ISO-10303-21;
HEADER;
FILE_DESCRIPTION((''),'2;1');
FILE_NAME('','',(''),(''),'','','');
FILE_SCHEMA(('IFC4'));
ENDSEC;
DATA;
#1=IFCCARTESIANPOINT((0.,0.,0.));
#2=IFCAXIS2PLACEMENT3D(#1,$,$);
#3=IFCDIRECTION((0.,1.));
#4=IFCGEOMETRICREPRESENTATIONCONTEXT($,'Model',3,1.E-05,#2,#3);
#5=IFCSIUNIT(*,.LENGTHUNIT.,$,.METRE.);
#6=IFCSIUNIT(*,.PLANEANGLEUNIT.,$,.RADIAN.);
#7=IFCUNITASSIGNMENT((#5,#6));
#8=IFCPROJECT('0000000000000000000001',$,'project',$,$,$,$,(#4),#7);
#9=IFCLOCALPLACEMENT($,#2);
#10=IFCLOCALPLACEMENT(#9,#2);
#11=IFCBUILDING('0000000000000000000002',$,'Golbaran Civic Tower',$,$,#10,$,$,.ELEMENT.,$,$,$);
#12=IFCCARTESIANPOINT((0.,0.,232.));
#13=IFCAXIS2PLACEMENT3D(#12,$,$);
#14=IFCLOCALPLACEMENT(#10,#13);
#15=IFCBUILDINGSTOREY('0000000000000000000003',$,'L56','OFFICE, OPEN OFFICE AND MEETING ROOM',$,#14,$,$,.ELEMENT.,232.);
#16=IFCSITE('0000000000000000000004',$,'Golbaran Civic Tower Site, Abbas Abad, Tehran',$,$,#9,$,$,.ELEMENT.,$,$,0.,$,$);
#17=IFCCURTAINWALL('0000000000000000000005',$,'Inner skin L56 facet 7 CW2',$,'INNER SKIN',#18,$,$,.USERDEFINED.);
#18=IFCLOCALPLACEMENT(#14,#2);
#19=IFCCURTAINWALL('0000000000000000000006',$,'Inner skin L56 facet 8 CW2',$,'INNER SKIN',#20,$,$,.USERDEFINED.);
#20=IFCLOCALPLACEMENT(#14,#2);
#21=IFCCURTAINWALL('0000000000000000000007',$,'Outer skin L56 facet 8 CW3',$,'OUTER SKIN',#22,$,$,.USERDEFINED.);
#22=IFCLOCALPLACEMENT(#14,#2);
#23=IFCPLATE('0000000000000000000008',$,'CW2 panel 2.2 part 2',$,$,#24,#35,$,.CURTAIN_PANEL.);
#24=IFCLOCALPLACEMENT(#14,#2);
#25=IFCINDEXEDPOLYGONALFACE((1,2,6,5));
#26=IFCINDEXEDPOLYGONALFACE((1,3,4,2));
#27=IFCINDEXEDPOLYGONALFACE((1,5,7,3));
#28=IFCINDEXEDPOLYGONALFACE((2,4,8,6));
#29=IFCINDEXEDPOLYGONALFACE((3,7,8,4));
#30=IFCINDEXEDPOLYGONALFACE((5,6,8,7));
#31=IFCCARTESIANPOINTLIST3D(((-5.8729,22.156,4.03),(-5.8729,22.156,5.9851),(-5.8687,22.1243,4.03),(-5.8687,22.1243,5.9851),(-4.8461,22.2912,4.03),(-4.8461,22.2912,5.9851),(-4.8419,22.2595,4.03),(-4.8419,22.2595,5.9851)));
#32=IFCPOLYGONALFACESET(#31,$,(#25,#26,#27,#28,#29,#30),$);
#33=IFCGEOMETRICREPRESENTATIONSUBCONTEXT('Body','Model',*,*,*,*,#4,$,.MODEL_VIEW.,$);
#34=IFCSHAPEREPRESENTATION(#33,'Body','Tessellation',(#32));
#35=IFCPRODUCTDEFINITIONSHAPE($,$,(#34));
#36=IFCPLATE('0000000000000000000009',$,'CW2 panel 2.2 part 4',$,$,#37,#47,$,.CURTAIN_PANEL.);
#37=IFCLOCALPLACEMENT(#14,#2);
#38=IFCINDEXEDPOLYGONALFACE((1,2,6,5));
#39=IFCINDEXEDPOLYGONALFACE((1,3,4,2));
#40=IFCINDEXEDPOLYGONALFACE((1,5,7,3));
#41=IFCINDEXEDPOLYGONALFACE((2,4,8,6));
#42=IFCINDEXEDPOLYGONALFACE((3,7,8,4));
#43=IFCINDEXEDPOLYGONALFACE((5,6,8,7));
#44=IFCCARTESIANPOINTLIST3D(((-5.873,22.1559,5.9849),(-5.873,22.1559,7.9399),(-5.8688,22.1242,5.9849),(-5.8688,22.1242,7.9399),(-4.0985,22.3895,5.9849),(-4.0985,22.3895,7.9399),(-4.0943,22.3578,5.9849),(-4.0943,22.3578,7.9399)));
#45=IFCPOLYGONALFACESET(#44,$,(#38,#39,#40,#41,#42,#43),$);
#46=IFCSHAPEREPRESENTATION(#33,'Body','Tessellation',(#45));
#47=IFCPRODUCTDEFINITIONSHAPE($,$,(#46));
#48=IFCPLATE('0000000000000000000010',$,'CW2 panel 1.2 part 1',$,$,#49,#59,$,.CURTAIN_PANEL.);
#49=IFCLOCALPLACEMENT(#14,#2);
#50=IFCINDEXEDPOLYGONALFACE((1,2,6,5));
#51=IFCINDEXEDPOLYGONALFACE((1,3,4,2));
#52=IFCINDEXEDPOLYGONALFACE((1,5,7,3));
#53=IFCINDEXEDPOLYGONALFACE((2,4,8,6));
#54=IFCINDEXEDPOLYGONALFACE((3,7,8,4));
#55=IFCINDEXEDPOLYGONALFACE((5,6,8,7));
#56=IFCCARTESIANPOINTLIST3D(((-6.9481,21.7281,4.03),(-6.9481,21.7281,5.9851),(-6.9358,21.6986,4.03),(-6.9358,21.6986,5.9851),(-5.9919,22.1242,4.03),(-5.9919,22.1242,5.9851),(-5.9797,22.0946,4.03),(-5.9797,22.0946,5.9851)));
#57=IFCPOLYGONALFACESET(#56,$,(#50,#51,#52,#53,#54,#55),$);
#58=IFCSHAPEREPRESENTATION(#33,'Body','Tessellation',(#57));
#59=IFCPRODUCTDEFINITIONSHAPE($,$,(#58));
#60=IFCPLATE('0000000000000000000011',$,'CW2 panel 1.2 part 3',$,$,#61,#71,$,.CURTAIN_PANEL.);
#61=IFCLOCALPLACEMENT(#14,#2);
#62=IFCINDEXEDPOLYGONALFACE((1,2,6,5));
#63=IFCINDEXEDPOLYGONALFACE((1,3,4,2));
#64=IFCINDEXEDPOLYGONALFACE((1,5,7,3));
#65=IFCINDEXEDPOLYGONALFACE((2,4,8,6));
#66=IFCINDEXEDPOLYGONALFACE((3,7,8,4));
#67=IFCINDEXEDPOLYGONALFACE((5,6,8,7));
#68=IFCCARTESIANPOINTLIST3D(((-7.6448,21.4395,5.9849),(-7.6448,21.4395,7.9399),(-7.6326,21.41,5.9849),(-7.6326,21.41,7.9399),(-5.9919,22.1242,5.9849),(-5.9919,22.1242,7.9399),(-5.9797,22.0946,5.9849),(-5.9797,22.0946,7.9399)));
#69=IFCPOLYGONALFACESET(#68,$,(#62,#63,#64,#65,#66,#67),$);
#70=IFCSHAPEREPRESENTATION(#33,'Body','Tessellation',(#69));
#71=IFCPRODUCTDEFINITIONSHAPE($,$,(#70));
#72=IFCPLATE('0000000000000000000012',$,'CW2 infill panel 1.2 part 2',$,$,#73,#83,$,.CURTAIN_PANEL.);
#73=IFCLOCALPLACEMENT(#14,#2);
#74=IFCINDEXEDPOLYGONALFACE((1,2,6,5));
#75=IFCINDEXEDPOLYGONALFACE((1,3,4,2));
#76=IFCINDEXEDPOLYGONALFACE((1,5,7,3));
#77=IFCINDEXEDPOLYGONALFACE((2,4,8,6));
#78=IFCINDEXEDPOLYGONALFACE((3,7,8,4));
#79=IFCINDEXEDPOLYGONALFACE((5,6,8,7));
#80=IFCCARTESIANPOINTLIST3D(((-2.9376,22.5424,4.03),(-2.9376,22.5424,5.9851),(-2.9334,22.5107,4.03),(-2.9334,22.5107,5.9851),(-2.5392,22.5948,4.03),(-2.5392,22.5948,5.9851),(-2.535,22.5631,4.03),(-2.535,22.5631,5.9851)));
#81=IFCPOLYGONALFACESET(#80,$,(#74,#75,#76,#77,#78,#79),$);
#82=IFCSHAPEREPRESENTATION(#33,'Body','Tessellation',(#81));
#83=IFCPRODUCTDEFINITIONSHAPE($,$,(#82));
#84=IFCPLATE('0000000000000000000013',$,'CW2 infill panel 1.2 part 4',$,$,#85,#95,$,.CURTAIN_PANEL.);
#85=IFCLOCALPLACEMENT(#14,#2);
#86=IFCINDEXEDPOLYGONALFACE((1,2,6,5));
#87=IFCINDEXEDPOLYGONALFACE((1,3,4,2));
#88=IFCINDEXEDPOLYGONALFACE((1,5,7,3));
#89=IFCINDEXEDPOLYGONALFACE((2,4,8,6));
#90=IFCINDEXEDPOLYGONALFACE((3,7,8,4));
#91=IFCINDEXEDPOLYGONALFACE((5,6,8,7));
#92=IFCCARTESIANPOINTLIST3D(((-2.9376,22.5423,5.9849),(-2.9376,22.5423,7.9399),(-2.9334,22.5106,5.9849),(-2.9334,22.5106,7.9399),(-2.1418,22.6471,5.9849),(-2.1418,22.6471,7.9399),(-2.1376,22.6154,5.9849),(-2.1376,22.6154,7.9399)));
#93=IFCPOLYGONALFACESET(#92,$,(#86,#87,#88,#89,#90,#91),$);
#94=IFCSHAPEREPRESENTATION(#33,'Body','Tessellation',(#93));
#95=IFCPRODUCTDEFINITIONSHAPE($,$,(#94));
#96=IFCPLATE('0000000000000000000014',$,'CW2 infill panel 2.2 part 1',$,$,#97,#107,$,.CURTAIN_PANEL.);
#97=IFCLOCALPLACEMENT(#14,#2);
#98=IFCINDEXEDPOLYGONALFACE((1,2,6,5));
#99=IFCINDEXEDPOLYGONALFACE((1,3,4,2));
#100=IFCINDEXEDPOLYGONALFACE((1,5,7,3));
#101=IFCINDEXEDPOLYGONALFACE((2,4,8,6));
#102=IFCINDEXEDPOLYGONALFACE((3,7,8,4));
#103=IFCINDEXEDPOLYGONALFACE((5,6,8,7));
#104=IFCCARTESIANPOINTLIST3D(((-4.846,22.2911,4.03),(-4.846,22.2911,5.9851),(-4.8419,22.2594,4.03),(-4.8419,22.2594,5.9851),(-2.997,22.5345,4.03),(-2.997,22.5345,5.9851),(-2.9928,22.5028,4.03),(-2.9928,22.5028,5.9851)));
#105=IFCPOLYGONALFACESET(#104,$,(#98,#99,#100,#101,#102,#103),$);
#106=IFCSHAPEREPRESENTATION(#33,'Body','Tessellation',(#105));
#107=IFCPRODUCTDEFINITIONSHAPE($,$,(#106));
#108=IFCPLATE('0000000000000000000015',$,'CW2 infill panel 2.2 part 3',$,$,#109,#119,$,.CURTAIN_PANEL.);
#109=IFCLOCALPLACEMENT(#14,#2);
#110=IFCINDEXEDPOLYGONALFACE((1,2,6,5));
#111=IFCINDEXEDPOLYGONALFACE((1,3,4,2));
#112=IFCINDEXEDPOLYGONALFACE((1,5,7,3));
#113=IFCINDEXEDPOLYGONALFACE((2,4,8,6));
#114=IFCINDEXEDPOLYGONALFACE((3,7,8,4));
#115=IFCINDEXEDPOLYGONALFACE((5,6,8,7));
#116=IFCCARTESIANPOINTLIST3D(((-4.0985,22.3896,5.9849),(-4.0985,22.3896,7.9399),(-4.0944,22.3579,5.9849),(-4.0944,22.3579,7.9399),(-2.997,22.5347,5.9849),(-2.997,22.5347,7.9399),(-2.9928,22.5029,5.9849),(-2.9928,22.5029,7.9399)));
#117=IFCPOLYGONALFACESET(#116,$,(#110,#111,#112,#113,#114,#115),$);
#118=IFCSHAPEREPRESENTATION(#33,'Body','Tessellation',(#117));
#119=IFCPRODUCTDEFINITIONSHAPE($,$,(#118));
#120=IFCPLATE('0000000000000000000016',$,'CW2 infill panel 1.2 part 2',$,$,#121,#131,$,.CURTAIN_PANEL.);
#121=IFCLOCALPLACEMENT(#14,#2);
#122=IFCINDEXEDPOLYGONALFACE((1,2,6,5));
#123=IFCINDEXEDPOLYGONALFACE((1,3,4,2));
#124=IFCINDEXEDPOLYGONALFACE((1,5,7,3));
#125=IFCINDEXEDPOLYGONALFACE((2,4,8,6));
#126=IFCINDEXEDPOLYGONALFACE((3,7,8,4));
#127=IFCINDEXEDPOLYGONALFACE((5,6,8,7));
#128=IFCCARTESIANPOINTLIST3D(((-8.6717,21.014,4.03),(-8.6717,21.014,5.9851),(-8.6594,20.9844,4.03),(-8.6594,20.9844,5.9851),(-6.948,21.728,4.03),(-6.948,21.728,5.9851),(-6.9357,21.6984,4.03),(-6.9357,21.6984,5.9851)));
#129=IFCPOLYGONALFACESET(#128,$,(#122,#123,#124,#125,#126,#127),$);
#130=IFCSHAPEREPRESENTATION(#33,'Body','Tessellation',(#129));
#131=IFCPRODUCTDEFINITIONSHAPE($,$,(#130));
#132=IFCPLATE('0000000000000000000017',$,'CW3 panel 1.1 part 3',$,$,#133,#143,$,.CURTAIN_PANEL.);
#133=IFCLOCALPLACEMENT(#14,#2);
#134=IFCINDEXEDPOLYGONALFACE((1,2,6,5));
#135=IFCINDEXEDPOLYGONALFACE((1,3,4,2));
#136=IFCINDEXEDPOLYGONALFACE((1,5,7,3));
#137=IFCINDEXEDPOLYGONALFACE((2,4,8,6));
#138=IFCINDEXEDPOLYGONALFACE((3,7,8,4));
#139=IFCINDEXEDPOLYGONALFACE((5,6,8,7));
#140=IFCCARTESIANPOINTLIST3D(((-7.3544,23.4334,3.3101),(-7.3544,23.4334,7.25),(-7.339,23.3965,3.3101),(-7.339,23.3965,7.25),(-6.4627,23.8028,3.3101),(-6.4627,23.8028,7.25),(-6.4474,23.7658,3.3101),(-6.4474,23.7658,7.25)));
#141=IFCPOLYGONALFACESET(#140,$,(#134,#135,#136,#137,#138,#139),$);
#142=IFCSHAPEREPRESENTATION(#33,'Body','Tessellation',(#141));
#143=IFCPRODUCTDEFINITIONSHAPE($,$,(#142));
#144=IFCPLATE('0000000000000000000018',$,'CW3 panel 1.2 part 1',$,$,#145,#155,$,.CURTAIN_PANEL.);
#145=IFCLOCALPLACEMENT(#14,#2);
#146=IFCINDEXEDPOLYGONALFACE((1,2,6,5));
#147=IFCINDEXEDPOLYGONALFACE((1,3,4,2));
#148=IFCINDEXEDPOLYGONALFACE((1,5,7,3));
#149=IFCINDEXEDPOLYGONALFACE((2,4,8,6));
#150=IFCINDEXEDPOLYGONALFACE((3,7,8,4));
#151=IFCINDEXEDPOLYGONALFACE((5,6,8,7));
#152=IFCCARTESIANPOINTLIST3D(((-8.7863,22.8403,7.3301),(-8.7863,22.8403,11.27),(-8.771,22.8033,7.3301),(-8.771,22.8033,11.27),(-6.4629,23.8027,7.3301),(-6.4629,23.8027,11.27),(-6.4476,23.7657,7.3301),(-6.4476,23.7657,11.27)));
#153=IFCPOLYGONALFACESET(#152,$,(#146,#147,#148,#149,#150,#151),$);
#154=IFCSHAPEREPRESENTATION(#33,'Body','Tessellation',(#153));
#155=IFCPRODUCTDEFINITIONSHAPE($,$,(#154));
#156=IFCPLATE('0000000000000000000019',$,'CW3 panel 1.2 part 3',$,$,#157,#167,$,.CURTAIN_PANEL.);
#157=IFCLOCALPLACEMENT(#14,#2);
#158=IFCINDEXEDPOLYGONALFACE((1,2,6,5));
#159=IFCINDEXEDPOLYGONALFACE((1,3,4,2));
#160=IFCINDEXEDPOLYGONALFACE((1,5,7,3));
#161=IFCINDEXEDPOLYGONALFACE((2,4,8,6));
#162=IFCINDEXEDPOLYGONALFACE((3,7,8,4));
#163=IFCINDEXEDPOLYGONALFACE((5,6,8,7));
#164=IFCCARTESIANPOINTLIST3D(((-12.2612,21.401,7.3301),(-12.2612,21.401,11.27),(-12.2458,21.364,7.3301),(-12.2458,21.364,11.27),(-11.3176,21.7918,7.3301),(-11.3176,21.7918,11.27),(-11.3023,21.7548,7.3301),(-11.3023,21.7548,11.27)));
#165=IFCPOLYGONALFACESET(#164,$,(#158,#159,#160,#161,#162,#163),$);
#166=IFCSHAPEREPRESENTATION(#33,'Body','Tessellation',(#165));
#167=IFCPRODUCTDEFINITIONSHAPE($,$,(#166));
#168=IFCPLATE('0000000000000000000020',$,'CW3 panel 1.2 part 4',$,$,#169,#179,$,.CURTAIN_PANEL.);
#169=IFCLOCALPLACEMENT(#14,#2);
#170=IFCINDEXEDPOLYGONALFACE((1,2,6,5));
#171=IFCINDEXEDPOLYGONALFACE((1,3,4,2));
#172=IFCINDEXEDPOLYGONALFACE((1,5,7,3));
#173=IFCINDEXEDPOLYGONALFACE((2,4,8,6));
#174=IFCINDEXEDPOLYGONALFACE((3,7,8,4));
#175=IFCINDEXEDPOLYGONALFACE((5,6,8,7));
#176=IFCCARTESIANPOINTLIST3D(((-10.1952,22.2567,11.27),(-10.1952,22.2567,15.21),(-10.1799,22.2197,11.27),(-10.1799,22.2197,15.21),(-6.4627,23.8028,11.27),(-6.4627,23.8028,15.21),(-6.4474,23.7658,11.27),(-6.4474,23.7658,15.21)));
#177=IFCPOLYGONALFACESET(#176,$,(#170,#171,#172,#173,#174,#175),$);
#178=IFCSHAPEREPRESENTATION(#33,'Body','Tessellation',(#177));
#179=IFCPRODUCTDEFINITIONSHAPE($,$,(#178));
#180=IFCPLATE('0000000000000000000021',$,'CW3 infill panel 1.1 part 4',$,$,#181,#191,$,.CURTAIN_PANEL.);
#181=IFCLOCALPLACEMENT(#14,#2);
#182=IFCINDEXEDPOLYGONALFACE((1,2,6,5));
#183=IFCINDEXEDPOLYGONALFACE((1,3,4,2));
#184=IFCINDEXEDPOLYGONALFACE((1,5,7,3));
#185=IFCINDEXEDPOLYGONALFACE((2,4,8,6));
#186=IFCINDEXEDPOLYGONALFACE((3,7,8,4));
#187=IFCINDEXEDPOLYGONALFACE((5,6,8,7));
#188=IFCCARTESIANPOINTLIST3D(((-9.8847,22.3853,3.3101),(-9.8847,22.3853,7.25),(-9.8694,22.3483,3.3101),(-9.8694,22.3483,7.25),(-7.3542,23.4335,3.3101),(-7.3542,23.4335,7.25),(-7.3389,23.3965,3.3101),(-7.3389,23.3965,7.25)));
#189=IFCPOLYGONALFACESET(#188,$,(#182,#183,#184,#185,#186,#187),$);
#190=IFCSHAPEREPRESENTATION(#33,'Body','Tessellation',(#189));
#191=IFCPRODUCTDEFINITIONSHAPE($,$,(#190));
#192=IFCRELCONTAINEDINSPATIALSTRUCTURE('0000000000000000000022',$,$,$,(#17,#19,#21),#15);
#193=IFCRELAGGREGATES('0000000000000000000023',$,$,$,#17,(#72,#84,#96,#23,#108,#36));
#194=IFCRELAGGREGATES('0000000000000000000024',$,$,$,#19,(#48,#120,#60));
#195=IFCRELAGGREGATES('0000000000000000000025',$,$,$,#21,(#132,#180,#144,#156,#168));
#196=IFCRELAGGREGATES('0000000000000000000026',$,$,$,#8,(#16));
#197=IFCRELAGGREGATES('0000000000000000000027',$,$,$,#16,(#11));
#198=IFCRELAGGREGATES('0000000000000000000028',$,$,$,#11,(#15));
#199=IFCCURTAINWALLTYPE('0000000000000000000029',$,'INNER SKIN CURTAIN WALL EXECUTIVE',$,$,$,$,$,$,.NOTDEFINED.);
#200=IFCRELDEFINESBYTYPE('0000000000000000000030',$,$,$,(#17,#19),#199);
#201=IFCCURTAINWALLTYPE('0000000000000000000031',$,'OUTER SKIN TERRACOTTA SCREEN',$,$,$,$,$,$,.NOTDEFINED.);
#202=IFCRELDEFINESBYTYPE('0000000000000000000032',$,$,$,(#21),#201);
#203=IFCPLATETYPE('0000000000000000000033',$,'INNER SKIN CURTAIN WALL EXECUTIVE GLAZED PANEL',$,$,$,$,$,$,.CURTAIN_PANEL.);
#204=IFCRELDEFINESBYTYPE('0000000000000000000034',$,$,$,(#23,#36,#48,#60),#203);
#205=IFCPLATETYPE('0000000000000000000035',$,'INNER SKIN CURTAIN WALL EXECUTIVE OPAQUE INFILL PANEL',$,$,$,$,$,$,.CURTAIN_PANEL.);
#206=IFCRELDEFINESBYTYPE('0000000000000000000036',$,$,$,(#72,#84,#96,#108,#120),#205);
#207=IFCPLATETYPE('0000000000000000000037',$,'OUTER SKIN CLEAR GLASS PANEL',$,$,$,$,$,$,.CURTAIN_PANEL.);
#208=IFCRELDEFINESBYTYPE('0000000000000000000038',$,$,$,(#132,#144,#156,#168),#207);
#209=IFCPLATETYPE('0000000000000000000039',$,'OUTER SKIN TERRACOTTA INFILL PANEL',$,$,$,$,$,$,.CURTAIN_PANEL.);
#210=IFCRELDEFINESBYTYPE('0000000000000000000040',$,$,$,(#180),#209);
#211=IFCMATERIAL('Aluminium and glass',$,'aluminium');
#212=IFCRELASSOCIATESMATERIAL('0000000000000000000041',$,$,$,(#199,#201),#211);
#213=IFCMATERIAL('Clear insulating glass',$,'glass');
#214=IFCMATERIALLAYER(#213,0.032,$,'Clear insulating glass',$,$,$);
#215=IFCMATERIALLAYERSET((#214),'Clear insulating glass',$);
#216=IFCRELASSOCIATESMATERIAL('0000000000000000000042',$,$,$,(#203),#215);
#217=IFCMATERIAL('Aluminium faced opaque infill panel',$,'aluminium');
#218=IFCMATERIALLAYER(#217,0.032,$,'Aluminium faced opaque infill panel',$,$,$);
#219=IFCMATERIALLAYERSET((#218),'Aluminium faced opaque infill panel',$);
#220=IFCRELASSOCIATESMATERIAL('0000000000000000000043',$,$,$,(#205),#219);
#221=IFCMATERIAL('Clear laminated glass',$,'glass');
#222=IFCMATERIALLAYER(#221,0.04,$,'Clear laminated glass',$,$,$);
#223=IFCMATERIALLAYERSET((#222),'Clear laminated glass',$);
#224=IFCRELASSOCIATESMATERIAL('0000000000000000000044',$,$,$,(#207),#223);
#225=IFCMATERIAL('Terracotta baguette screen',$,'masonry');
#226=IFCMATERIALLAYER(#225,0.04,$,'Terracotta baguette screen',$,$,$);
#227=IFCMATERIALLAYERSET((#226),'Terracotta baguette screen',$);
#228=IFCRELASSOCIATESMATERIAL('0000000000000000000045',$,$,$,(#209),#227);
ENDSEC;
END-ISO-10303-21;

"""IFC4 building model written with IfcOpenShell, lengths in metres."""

from ifc_helpers import new_model, si_unit, direction, frame, origin, origin_2d, place, context, subcontext, project, spatial, rectangle, extrude, material, layer, layer_set, type_object, element, aggregate, save


model = new_model("IFC4")

# Units and contexts
model_context = context("Model", 3, precision=1e-05, world=origin(), true_north=direction((0.0, 1.0)))
body_context = subcontext(model_context, "Body", "Model", "MODEL_VIEW")
ifc_project = project(units=[si_unit("LENGTHUNIT", "METRE"), si_unit("PLANEANGLEUNIT", "RADIAN")], contexts=[model_context])

# Site, building, storey
site_placement = place(None, origin())
site = spatial("IfcSite", under=ifc_project, at=site_placement, Name="Golbaran Civic Tower Site, Abbas Abad, Tehran", CompositionType="ELEMENT", RefElevation=0.0)
building_placement = place(site_placement, origin())
building = spatial("IfcBuilding", under=site, at=building_placement, Name="Golbaran Civic Tower", CompositionType="ELEMENT")
storey_placement = place(building_placement, frame((0.0, 0.0, 232.0)))
storey = spatial("IfcBuildingStorey", under=building, at=storey_placement, Name="L56", Description="OFFICE, OPEN OFFICE AND MEETING ROOM", CompositionType="ELEMENT", Elevation=232.0)

# Curtain walls
ifc_material_1 = material(Name="Aluminium and glass", Category="aluminium")
curtain_wall_type_1 = type_object("IfcCurtainWallType", Name="INNER SKIN CURTAIN WALL EXECUTIVE", PredefinedType="NOTDEFINED", material=ifc_material_1)
curtain_wall_1_placement = place(storey_placement, origin())
curtain_wall_1 = element("IfcCurtainWall", 1, at=curtain_wall_1_placement, inside=storey, type_object=curtain_wall_type_1, Name="Inner skin L56 facet 7 CW2", ObjectType="INNER SKIN", PredefinedType="USERDEFINED")
curtain_wall_2_placement = place(storey_placement, origin())
curtain_wall_2 = element("IfcCurtainWall", 2, at=curtain_wall_2_placement, inside=storey, type_object=curtain_wall_type_1, Name="Inner skin L56 facet 8 CW2", ObjectType="INNER SKIN", PredefinedType="USERDEFINED")
curtain_wall_type_2 = type_object("IfcCurtainWallType", Name="OUTER SKIN TERRACOTTA SCREEN", PredefinedType="NOTDEFINED", material=ifc_material_1)
curtain_wall_3_placement = place(storey_placement, origin())
curtain_wall_3 = element("IfcCurtainWall", 3, at=curtain_wall_3_placement, inside=storey, type_object=curtain_wall_type_2, Name="Outer skin L56 facet 8 CW3", ObjectType="OUTER SKIN", PredefinedType="USERDEFINED")

# Plates
ifc_material_2 = material(Name="Clear insulating glass", Category="glass")
ifc_layer_1 = layer(ifc_material_2, 0.032, Name="Clear insulating glass")
ifc_layer_set_1 = layer_set([ifc_layer_1], Name="Clear insulating glass")
plate_type_1 = type_object("IfcPlateType", Name="INNER SKIN CURTAIN WALL EXECUTIVE GLAZED PANEL", PredefinedType="CURTAIN_PANEL", material=ifc_layer_set_1)
plate_1_placement = place(storey_placement, frame((-5.3574, 22.2078, 4.03), z_axis=(0.0, 0.0, 1.0), x_axis=(-0.991445, -0.130526, 0.0)))
plate_1 = element("IfcPlate", 4, at=plate_1_placement, type_object=plate_type_1, Name="CW2 panel 2.2 part 2", PredefinedType="CURTAIN_PANEL", context=body_context, shape_type="SweptSolid", body=[
    extrude(rectangle(XDim=1.0356, YDim=0.032, at=origin_2d()), origin(), (0.0, 0.0, 1.0), 1.9551),
])
plate_2_placement = place(storey_placement, frame((-4.9836, 22.2568, 5.9849), z_axis=(0.0, 0.0, 1.0), x_axis=(-0.991445, -0.130526, 0.0)))
plate_2 = element("IfcPlate", 5, at=plate_2_placement, type_object=plate_type_1, Name="CW2 panel 2.2 part 4", PredefinedType="CURTAIN_PANEL", context=body_context, shape_type="SweptSolid", body=[
    extrude(rectangle(XDim=1.7898, YDim=0.032, at=origin_2d()), origin(), (0.0, 0.0, 1.0), 1.9551),
])
plate_3_placement = place(storey_placement, frame((-6.4639, 21.9114, 4.03), z_axis=(0.0, 0.0, 1.0), x_axis=(-0.92388, -0.382683, 0.0)))
plate_3 = element("IfcPlate", 6, at=plate_3_placement, type_object=plate_type_1, Name="CW2 panel 1.2 part 1", PredefinedType="CURTAIN_PANEL", context=body_context, shape_type="SweptSolid", body=[
    extrude(rectangle(XDim=1.0349, YDim=0.032, at=origin_2d()), origin(), (0.0, 0.0, 1.0), 1.9551),
])
plate_4_placement = place(storey_placement, frame((-6.8123, 21.7671, 5.9849), z_axis=(0.0, 0.0, 1.0), x_axis=(-0.92388, -0.382683, 0.0)))
plate_4 = element("IfcPlate", 7, at=plate_4_placement, type_object=plate_type_1, Name="CW2 panel 1.2 part 3", PredefinedType="CURTAIN_PANEL", context=body_context, shape_type="SweptSolid", body=[
    extrude(rectangle(XDim=1.7891, YDim=0.032, at=origin_2d()), origin(), (0.0, 0.0, 1.0), 1.9551),
])
ifc_material_3 = material(Name="Aluminium faced opaque infill panel", Category="aluminium")
ifc_layer_2 = layer(ifc_material_3, 0.032, Name="Aluminium faced opaque infill panel")
ifc_layer_set_2 = layer_set([ifc_layer_2], Name="Aluminium faced opaque infill panel")
plate_type_2 = type_object("IfcPlateType", Name="INNER SKIN CURTAIN WALL EXECUTIVE OPAQUE INFILL PANEL", PredefinedType="CURTAIN_PANEL", material=ifc_layer_set_2)
plate_5_placement = place(storey_placement, frame((-2.7363, 22.5527, 4.03), z_axis=(0.0, 0.0, 1.0), x_axis=(-0.991445, -0.130526, 0.0)))
plate_5 = element("IfcPlate", 8, at=plate_5_placement, type_object=plate_type_2, Name="CW2 infill panel 1.2 part 2", PredefinedType="CURTAIN_PANEL", context=body_context, shape_type="SweptSolid", body=[
    extrude(rectangle(XDim=0.4019, YDim=0.032, at=origin_2d()), origin(), (0.0, 0.0, 1.0), 1.9551),
])
plate_6_placement = place(storey_placement, frame((-2.5376, 22.5789, 5.9849), z_axis=(0.0, 0.0, 1.0), x_axis=(-0.991445, -0.130526, 0.0)))
plate_6 = element("IfcPlate", 9, at=plate_6_placement, type_object=plate_type_2, Name="CW2 infill panel 1.2 part 4", PredefinedType="CURTAIN_PANEL", context=body_context, shape_type="SweptSolid", body=[
    extrude(rectangle(XDim=0.8027, YDim=0.032, at=origin_2d()), origin(), (0.0, 0.0, 1.0), 1.9551),
])
plate_7_placement = place(storey_placement, frame((-3.9194, 22.397, 4.03), z_axis=(0.0, 0.0, 1.0), x_axis=(-0.991445, -0.130526, 0.0)))
plate_7 = element("IfcPlate", 10, at=plate_7_placement, type_object=plate_type_2, Name="CW2 infill panel 2.2 part 1", PredefinedType="CURTAIN_PANEL", context=body_context, shape_type="SweptSolid", body=[
    extrude(rectangle(XDim=1.865, YDim=0.032, at=origin_2d()), origin(), (0.0, 0.0, 1.0), 1.9551),
])
plate_8_placement = place(storey_placement, frame((-3.5457, 22.4463, 5.9849), z_axis=(0.0, 0.0, 1.0), x_axis=(-0.991445, -0.130526, 0.0)))
plate_8 = element("IfcPlate", 11, at=plate_8_placement, type_object=plate_type_2, Name="CW2 infill panel 2.2 part 3", PredefinedType="CURTAIN_PANEL", context=body_context, shape_type="SweptSolid", body=[
    extrude(rectangle(XDim=1.1111, YDim=0.032, at=origin_2d()), origin(), (0.0, 0.0, 1.0), 1.9551),
])
aggregate(curtain_wall_1, [plate_5, plate_6, plate_7, plate_1, plate_8, plate_2])
plate_9_placement = place(storey_placement, frame((-7.8037, 21.3562, 4.03), z_axis=(0.0, 0.0, 1.0), x_axis=(-0.92388, -0.382683, 0.0)))
plate_9 = element("IfcPlate", 12, at=plate_9_placement, type_object=plate_type_2, Name="CW2 infill panel 1.2 part 2", PredefinedType="CURTAIN_PANEL", context=body_context, shape_type="SweptSolid", body=[
    extrude(rectangle(XDim=1.8657, YDim=0.032, at=origin_2d()), origin(), (0.0, 0.0, 1.0), 1.9551),
])
aggregate(curtain_wall_2, [plate_3, plate_9, plate_4])
ifc_material_4 = material(Name="Clear laminated glass", Category="glass")
ifc_layer_3 = layer(ifc_material_4, 0.04, Name="Clear laminated glass")
ifc_layer_set_3 = layer_set([ifc_layer_3], Name="Clear laminated glass")
plate_type_3 = type_object("IfcPlateType", Name="OUTER SKIN CLEAR GLASS PANEL", PredefinedType="CURTAIN_PANEL", material=ifc_layer_set_3)
plate_10_placement = place(storey_placement, frame((-6.9009, 23.5996, 3.3101), z_axis=(0.0, 0.0, 1.0), x_axis=(-0.92388, -0.382683, 0.0)))
plate_10 = element("IfcPlate", 13, at=plate_10_placement, type_object=plate_type_3, Name="CW3 panel 1.1 part 3", PredefinedType="CURTAIN_PANEL", context=body_context, shape_type="SweptSolid", body=[
    extrude(rectangle(XDim=0.9651, YDim=0.04, at=origin_2d()), origin(), (0.0, 0.0, 1.0), 3.9399),
])
plate_11_placement = place(storey_placement, frame((-7.6169, 23.303, 7.3301), z_axis=(0.0, 0.0, 1.0), x_axis=(-0.92388, -0.382683, 0.0)))
plate_11 = element("IfcPlate", 14, at=plate_11_placement, type_object=plate_type_3, Name="CW3 panel 1.2 part 1", PredefinedType="CURTAIN_PANEL", context=body_context, shape_type="SweptSolid", body=[
    extrude(rectangle(XDim=2.5149, YDim=0.04, at=origin_2d()), origin(), (0.0, 0.0, 1.0), 3.9399),
])
plate_12_placement = place(storey_placement, frame((-11.7817, 21.5779, 7.3301), z_axis=(0.0, 0.0, 1.0), x_axis=(-0.92388, -0.382683, 0.0)))
plate_12 = element("IfcPlate", 15, at=plate_12_placement, type_object=plate_type_3, Name="CW3 panel 1.2 part 3", PredefinedType="CURTAIN_PANEL", context=body_context, shape_type="SweptSolid", body=[
    extrude(rectangle(XDim=1.0212, YDim=0.04, at=origin_2d()), origin(), (0.0, 0.0, 1.0), 3.9399),
])
plate_13_placement = place(storey_placement, frame((-8.3213, 23.0112, 11.27), z_axis=(0.0, 0.0, 1.0), x_axis=(-0.92388, -0.382683, 0.0)))
plate_13 = element("IfcPlate", 16, at=plate_13_placement, type_object=plate_type_3, Name="CW3 panel 1.2 part 4", PredefinedType="CURTAIN_PANEL", context=body_context, shape_type="SweptSolid", body=[
    extrude(rectangle(XDim=4.04, YDim=0.04, at=origin_2d()), origin(), (0.0, 0.0, 1.0), 3.9399),
])
ifc_material_5 = material(Name="Terracotta baguette screen", Category="masonry")
ifc_layer_4 = layer(ifc_material_5, 0.04, Name="Terracotta baguette screen")
ifc_layer_set_4 = layer_set([ifc_layer_4], Name="Terracotta baguette screen")
plate_type_4 = type_object("IfcPlateType", Name="OUTER SKIN TERRACOTTA INFILL PANEL", PredefinedType="CURTAIN_PANEL", material=ifc_layer_set_4)
plate_14_placement = place(storey_placement, frame((-8.6118, 22.8909, 3.3101), z_axis=(0.0, 0.0, 1.0), x_axis=(-0.92388, -0.382683, 0.0)))
plate_14 = element("IfcPlate", 17, at=plate_14_placement, type_object=plate_type_4, Name="CW3 infill panel 1.1 part 4", PredefinedType="CURTAIN_PANEL", context=body_context, shape_type="SweptSolid", body=[
    extrude(rectangle(XDim=2.739, YDim=0.04, at=origin_2d()), origin(), (0.0, 0.0, 1.0), 3.9399),
])
aggregate(curtain_wall_3, [plate_10, plate_14, plate_11, plate_12, plate_13])

save(model, "model.ifc")
